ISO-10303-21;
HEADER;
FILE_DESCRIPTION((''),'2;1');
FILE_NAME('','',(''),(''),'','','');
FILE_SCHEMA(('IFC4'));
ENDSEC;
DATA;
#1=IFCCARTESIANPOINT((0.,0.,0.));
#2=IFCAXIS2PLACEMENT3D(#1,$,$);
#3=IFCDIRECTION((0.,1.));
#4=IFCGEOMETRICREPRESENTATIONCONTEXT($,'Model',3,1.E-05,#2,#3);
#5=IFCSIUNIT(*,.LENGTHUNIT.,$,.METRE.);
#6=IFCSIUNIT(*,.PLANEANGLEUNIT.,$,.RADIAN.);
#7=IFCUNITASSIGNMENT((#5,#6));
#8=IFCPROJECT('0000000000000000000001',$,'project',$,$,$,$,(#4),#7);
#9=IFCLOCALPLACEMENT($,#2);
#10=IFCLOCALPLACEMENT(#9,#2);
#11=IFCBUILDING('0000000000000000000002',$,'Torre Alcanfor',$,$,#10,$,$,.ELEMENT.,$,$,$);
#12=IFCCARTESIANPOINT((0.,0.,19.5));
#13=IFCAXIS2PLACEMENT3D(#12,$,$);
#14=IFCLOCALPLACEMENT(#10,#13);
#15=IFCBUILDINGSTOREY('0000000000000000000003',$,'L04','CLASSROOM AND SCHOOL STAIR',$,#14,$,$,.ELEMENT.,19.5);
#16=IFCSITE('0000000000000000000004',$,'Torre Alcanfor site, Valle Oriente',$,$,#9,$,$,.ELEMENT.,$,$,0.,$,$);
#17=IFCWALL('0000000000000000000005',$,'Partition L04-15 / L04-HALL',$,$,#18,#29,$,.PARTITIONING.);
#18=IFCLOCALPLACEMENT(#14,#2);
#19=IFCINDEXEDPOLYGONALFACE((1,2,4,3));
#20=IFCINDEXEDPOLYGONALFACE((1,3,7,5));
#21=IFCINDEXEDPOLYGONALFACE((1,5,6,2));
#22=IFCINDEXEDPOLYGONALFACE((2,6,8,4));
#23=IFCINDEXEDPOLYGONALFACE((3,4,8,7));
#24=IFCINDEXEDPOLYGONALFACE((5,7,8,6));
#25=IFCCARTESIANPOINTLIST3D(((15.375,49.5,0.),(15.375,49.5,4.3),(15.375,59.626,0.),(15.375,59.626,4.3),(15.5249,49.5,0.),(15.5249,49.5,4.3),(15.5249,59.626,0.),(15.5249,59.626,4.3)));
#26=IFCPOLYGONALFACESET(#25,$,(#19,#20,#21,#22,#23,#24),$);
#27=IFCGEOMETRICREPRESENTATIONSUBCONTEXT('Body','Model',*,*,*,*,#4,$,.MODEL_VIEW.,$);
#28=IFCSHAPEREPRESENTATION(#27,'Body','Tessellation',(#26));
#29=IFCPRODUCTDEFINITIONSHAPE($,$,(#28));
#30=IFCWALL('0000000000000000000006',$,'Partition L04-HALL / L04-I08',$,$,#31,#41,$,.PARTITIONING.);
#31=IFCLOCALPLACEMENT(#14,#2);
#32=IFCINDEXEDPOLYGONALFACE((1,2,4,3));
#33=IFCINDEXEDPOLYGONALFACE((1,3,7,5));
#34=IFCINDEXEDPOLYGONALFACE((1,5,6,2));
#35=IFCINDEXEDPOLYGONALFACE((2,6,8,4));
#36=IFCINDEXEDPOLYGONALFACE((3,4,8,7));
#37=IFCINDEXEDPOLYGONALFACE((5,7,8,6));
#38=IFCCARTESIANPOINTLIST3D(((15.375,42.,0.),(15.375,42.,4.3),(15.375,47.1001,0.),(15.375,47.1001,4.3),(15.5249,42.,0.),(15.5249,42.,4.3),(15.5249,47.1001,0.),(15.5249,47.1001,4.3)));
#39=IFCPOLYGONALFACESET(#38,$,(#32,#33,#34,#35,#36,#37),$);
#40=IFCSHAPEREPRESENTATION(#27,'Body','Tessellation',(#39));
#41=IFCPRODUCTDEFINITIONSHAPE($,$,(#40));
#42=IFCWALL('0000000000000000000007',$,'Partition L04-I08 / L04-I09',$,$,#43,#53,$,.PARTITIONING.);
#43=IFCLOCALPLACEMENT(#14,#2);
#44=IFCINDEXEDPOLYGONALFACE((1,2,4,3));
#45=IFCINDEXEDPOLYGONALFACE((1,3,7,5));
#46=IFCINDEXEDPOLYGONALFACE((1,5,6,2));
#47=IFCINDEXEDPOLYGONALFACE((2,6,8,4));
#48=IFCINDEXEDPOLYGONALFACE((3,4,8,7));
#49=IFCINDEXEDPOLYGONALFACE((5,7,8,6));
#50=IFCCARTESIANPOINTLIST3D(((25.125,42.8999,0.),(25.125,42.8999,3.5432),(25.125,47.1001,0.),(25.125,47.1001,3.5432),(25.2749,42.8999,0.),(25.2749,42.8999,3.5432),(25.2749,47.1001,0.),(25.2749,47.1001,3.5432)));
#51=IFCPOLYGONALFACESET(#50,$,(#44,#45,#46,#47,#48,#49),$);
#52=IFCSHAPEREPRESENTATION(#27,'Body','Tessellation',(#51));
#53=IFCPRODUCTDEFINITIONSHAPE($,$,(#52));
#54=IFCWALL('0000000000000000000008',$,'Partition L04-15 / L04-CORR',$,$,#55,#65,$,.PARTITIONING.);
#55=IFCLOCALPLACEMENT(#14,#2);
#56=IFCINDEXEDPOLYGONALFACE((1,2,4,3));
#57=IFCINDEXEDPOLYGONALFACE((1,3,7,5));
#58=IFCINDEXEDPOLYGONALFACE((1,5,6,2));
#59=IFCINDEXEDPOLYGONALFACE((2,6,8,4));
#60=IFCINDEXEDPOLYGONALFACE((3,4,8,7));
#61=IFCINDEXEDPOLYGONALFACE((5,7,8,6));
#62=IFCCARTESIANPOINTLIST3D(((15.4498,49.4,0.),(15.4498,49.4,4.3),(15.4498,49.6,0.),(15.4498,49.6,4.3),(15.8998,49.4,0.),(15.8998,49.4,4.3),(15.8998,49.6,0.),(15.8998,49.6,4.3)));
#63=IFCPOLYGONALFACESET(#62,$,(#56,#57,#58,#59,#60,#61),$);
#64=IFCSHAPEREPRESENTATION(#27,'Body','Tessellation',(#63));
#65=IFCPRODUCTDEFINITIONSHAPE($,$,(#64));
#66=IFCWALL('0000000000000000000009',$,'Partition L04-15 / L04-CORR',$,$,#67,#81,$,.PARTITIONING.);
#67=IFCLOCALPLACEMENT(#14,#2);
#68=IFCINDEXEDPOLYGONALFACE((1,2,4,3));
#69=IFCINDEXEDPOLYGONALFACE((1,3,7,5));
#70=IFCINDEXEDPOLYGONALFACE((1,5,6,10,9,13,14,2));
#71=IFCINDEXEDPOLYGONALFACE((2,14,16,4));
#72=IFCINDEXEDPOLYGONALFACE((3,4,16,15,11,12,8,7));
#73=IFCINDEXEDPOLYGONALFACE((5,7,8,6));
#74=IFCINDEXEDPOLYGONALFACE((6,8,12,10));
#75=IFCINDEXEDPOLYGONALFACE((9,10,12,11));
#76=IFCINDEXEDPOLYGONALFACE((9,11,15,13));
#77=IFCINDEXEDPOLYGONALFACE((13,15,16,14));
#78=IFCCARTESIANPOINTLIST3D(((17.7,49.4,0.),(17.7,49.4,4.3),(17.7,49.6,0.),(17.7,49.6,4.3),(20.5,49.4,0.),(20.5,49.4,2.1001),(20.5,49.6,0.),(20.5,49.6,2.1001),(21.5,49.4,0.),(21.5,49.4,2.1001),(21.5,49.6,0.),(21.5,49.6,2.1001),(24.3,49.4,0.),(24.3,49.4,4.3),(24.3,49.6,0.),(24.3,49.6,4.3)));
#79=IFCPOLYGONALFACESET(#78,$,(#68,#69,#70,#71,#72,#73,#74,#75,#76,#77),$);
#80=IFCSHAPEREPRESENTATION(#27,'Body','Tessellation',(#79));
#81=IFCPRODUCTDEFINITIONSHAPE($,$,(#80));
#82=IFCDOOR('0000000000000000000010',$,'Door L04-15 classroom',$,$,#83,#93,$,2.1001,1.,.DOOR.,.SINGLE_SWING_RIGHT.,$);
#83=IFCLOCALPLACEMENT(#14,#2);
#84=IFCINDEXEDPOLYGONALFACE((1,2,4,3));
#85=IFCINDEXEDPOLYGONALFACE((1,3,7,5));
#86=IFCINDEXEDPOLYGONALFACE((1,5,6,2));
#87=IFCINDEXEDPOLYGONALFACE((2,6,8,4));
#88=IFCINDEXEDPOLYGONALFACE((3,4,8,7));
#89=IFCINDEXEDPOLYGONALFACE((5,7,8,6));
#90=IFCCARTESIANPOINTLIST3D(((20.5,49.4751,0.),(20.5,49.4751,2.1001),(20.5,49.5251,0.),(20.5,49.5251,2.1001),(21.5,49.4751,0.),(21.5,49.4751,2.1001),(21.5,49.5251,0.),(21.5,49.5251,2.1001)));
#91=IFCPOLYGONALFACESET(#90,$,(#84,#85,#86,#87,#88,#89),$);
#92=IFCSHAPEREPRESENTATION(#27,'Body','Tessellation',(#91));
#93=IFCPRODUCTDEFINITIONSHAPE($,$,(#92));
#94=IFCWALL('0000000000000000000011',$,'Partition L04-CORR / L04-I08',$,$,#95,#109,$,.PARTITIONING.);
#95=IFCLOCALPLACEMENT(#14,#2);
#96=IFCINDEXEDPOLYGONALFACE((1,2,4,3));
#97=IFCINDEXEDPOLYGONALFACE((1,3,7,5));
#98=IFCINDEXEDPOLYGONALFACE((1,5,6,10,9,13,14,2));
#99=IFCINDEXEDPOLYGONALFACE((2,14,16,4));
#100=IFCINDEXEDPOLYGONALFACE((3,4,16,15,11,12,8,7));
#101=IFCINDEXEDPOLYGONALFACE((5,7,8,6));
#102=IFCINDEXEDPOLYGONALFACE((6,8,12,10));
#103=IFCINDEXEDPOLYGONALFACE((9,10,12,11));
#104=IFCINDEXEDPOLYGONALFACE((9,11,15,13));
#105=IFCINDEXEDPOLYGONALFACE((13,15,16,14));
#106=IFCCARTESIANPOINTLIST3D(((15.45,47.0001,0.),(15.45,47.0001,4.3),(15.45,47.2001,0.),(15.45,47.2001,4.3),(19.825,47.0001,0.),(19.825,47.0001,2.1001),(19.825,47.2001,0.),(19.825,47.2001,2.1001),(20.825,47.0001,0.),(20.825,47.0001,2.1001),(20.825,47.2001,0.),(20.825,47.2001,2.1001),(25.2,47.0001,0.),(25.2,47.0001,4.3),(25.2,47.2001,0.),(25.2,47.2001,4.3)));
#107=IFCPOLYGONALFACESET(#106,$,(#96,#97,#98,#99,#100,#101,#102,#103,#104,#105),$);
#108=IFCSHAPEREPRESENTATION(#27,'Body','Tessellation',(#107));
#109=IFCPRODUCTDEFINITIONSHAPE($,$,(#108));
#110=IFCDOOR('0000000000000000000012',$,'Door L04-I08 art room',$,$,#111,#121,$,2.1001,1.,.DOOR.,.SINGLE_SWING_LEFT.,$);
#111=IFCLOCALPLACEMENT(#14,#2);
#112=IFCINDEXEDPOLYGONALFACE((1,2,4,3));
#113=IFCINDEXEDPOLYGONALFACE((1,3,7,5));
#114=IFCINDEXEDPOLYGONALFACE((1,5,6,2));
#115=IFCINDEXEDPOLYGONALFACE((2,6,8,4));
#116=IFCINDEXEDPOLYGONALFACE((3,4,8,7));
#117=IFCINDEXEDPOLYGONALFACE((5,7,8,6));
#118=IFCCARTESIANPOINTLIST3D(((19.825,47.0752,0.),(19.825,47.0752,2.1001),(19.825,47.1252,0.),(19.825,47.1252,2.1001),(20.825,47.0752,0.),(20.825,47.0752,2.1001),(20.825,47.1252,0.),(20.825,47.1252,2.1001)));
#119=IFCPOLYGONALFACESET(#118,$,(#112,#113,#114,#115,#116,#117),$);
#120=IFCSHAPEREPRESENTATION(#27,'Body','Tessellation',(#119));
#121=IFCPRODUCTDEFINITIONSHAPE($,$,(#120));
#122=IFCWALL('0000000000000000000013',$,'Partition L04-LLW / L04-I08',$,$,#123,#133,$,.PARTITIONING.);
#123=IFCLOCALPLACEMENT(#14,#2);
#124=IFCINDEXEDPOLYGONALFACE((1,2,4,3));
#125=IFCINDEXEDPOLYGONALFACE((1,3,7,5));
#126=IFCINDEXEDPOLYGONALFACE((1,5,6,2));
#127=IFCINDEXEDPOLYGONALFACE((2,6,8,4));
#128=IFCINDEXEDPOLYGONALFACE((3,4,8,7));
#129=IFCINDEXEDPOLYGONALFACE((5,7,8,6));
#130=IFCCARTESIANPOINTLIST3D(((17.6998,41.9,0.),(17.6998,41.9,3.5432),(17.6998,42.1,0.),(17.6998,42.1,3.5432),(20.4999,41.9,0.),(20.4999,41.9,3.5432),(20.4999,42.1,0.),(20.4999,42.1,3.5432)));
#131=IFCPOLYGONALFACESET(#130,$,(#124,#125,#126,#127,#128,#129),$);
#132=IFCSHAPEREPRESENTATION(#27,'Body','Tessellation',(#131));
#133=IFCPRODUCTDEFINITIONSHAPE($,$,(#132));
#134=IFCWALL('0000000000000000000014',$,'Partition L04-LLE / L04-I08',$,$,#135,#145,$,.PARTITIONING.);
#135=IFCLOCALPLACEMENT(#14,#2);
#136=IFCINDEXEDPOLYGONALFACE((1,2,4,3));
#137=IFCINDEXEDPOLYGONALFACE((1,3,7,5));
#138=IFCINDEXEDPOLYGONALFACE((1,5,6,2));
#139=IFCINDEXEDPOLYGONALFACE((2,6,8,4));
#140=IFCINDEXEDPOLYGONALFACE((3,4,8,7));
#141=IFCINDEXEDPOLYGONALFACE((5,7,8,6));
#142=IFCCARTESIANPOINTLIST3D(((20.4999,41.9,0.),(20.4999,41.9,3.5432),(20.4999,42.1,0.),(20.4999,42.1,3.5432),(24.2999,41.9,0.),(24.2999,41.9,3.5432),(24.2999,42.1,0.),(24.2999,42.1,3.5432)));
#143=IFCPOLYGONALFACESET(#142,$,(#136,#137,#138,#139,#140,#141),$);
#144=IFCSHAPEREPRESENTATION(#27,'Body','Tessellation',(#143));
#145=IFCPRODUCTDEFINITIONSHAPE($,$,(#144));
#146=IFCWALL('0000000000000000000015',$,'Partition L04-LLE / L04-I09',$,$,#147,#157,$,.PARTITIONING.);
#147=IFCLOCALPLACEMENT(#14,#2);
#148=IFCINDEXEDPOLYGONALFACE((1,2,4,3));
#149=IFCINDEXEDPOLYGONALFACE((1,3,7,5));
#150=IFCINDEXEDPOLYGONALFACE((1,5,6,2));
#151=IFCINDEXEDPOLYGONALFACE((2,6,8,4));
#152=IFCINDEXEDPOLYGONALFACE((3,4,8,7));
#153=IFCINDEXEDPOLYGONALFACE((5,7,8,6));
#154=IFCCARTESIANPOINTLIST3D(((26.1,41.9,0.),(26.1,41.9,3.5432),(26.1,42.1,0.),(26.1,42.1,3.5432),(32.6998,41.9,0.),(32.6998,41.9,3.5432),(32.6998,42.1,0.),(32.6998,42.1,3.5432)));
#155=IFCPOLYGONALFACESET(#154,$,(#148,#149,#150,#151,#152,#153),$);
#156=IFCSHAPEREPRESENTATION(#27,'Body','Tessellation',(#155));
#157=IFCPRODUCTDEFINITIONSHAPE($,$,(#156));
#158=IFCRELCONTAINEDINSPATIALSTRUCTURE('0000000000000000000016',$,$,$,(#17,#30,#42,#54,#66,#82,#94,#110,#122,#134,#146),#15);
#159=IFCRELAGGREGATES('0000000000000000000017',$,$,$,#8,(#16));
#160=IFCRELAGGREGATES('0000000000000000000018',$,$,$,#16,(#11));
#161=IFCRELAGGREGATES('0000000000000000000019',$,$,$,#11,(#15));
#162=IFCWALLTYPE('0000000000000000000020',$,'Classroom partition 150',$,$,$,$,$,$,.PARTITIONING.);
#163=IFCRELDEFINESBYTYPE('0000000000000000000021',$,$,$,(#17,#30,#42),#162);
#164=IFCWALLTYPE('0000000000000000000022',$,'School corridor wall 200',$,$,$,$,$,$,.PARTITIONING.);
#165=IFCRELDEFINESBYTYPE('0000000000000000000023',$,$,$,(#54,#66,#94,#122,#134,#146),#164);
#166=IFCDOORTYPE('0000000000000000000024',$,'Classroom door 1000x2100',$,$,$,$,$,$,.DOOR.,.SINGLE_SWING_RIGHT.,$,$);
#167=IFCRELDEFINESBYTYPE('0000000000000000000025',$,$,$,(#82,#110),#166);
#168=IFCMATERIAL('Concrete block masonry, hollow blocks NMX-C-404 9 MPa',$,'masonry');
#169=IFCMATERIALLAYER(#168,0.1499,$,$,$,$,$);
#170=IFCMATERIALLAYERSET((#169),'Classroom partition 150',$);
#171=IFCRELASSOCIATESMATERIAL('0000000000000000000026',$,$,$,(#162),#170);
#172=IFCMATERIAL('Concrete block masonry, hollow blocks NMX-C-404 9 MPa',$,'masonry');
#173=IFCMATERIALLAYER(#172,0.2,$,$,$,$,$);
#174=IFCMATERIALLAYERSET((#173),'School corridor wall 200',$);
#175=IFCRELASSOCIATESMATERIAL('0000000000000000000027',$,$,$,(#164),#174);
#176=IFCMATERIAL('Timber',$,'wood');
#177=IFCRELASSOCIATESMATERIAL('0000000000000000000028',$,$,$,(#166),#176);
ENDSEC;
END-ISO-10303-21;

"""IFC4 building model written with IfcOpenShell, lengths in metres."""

from ifc_helpers import new_model, si_unit, direction, frame, frame_2d, origin, place, context, subcontext, project, spatial, rectangle, extrude, material, layer, layer_set, type_object, element, fill, save


model = new_model("IFC4")

# Units and contexts
model_context = context("Model", 3, precision=1e-05, world=origin(), true_north=direction((0.0, 1.0)))
body_context = subcontext(model_context, "Body", "Model", "MODEL_VIEW")
ifc_project = project(units=[si_unit("LENGTHUNIT", "METRE"), si_unit("PLANEANGLEUNIT", "RADIAN")], contexts=[model_context])

# Site, building, storey
site_placement = place(None, origin())
site = spatial("IfcSite", under=ifc_project, at=site_placement, Name="Torre Alcanfor site, Valle Oriente", CompositionType="ELEMENT", RefElevation=0.0)
building_placement = place(site_placement, origin())
building = spatial("IfcBuilding", under=site, at=building_placement, Name="Torre Alcanfor", CompositionType="ELEMENT")
storey_placement = place(building_placement, frame((0.0, 0.0, 19.5)))
storey = spatial("IfcBuildingStorey", under=building, at=storey_placement, Name="L04", Description="CLASSROOM AND SCHOOL STAIR", CompositionType="ELEMENT", Elevation=19.5)

# Walls
ifc_material_1 = material(Name="Concrete block masonry, hollow blocks NMX-C-404 9 MPa", Category="masonry")
ifc_layer_1 = layer(ifc_material_1, 0.1499)
ifc_layer_set_1 = layer_set([ifc_layer_1], Name="Classroom partition 150")
wall_type_1 = type_object("IfcWallType", Name="Classroom partition 150", PredefinedType="PARTITIONING", material=ifc_layer_set_1)
wall_1_placement = place(storey_placement, frame((15.45, 49.5, 0.0), z_axis=(0.0, 0.0, 1.0), x_axis=(0.0, 1.0, 0.0)))
element("IfcWall", 1, at=wall_1_placement, inside=storey, type_object=wall_type_1, Name="Partition L04-15 / L04-HALL", PredefinedType="PARTITIONING", context=body_context, shape_type="SweptSolid", body=[
    extrude(rectangle(XDim=10.126, YDim=0.1499, at=frame_2d((5.063, 0.0))), origin(), (0.0, 0.0, 1.0), 4.3),
])
wall_2_placement = place(storey_placement, frame((15.45, 47.1001, 0.0), z_axis=(0.0, 0.0, 1.0), x_axis=(0.0, -1.0, 0.0)))
element("IfcWall", 2, at=wall_2_placement, inside=storey, type_object=wall_type_1, Name="Partition L04-HALL / L04-I08", PredefinedType="PARTITIONING", context=body_context, shape_type="SweptSolid", body=[
    extrude(rectangle(XDim=5.1001, YDim=0.1499, at=frame_2d((2.55, 0.0))), origin(), (0.0, 0.0, 1.0), 4.3),
])
wall_3_placement = place(storey_placement, frame((25.2, 47.1001, 0.0), z_axis=(0.0, 0.0, 1.0), x_axis=(0.0, -1.0, 0.0)))
element("IfcWall", 3, at=wall_3_placement, inside=storey, type_object=wall_type_1, Name="Partition L04-I08 / L04-I09", PredefinedType="PARTITIONING", context=body_context, shape_type="SweptSolid", body=[
    extrude(rectangle(XDim=4.2002, YDim=0.1499, at=frame_2d((2.1001, 0.0))), origin(), (0.0, 0.0, 1.0), 3.5432),
])
ifc_material_2 = material(Name="Concrete block masonry, hollow blocks NMX-C-404 9 MPa", Category="masonry")
ifc_layer_2 = layer(ifc_material_2, 0.2)
ifc_layer_set_2 = layer_set([ifc_layer_2], Name="School corridor wall 200")
wall_type_2 = type_object("IfcWallType", Name="School corridor wall 200", PredefinedType="PARTITIONING", material=ifc_layer_set_2)
wall_4_placement = place(storey_placement, frame((15.8999, 49.5, 0.0), z_axis=(0.0, 0.0, 1.0), x_axis=(-1.0, 0.0, 0.0)))
element("IfcWall", 4, at=wall_4_placement, inside=storey, type_object=wall_type_2, Name="Partition L04-15 / L04-CORR", PredefinedType="PARTITIONING", context=body_context, shape_type="SweptSolid", body=[
    extrude(rectangle(XDim=0.45, YDim=0.2, at=frame_2d((0.2251, 0.0))), origin(), (0.0, 0.0, 1.0), 4.3),
])

# Walls, openings, doors
wall_5_placement = place(storey_placement, frame((24.3, 49.5, 0.0), z_axis=(0.0, 0.0, 1.0), x_axis=(-1.0, 0.0, 0.0)))
wall_5 = element("IfcWall", 5, at=wall_5_placement, inside=storey, type_object=wall_type_2, Name="Partition L04-15 / L04-CORR", PredefinedType="PARTITIONING", context=body_context, shape_type="SweptSolid", body=[
    extrude(rectangle(XDim=6.6001, YDim=0.2, at=frame_2d((3.3, 0.0))), origin(), (0.0, 0.0, 1.0), 4.3),
])
opening_1_placement = place(wall_5_placement, frame((2.8, 0.0, 0.0)))
opening_1 = element("IfcOpeningElement", 6, at=opening_1_placement, cuts=wall_5, PredefinedType="OPENING", context=body_context, shape_type="SweptSolid", body=[
    extrude(rectangle(XDim=1.0, YDim=2.1001, at=frame_2d((0.5, 1.05))), frame((0.0, 0.1099, 0.0), z_axis=(0.0, -1.0, 0.0), x_axis=(1.0, 0.0, 0.0)), (0.0, 0.0, 1.0), 0.22),
])
ifc_material_3 = material(Name="Timber", Category="wood")
door_type_1 = type_object("IfcDoorType", Name="Classroom door 1000x2100", OperationType="SINGLE_SWING_RIGHT", PredefinedType="DOOR", material=ifc_material_3)
door_1_placement = place(opening_1_placement, frame((1.0, 0.0, 0.0), z_axis=(0.0, 0.0, 1.0), x_axis=(-1.0, 0.0, 0.0)))
door_1 = element("IfcDoor", 7, at=door_1_placement, inside=storey, type_object=door_type_1, Name="Door L04-15 classroom", OperationType="SINGLE_SWING_RIGHT", OverallHeight=2.1001, OverallWidth=1.0, PredefinedType="DOOR", context=body_context, shape_type="SweptSolid", body=[
    extrude(rectangle(XDim=1.0, YDim=2.1001, at=frame_2d((0.5, 1.05))), frame((0.0, 0.0251, 0.0), z_axis=(0.0, -1.0, 0.0), x_axis=(1.0, 0.0, 0.0)), (0.0, 0.0, 1.0), 0.05),
])
fill(opening_1, door_1)
wall_6_placement = place(storey_placement, frame((25.2, 47.1001, 0.0), z_axis=(0.0, 0.0, 1.0), x_axis=(-1.0, 0.0, 0.0)))
wall_6 = element("IfcWall", 8, at=wall_6_placement, inside=storey, type_object=wall_type_2, Name="Partition L04-CORR / L04-I08", PredefinedType="PARTITIONING", context=body_context, shape_type="SweptSolid", body=[
    extrude(rectangle(XDim=9.75, YDim=0.2, at=frame_2d((4.875, 0.0))), origin(), (0.0, 0.0, 1.0), 4.3),
])
opening_2_placement = place(wall_6_placement, frame((4.375, 0.0, 0.0)))
opening_2 = element("IfcOpeningElement", 9, at=opening_2_placement, cuts=wall_6, PredefinedType="OPENING", context=body_context, shape_type="SweptSolid", body=[
    extrude(rectangle(XDim=1.0, YDim=2.1001, at=frame_2d((0.5, 1.05))), frame((0.0, 0.1099, 0.0), z_axis=(0.0, -1.0, 0.0), x_axis=(1.0, 0.0, 0.0)), (0.0, 0.0, 1.0), 0.22),
])
door_2_placement = place(opening_2_placement, origin())
door_2 = element("IfcDoor", 10, at=door_2_placement, inside=storey, type_object=door_type_1, Name="Door L04-I08 art room", OperationType="SINGLE_SWING_LEFT", OverallHeight=2.1001, OverallWidth=1.0, PredefinedType="DOOR", context=body_context, shape_type="SweptSolid", body=[
    extrude(rectangle(XDim=1.0, YDim=2.1001, at=frame_2d((0.5, 1.05))), frame((0.0, 0.0249, 0.0), z_axis=(0.0, -1.0, 0.0), x_axis=(1.0, 0.0, 0.0)), (0.0, 0.0, 1.0), 0.05),
])
fill(opening_2, door_2)

# Walls
wall_7_placement = place(storey_placement, frame((17.7, 42.0, 0.0), z_axis=(0.0, 0.0, 1.0), x_axis=(1.0, 0.0, 0.0)))
element("IfcWall", 11, at=wall_7_placement, inside=storey, type_object=wall_type_2, Name="Partition L04-LLW / L04-I08", PredefinedType="PARTITIONING", context=body_context, shape_type="SweptSolid", body=[
    extrude(rectangle(XDim=2.8, YDim=0.2, at=frame_2d((1.3999, 0.0))), origin(), (0.0, 0.0, 1.0), 3.5432),
])
wall_8_placement = place(storey_placement, frame((20.5, 42.0, 0.0), z_axis=(0.0, 0.0, 1.0), x_axis=(1.0, 0.0, 0.0)))
element("IfcWall", 12, at=wall_8_placement, inside=storey, type_object=wall_type_2, Name="Partition L04-LLE / L04-I08", PredefinedType="PARTITIONING", context=body_context, shape_type="SweptSolid", body=[
    extrude(rectangle(XDim=3.8, YDim=0.2, at=frame_2d((1.8999, 0.0))), origin(), (0.0, 0.0, 1.0), 3.5432),
])
wall_9_placement = place(storey_placement, frame((26.1001, 42.0, 0.0), z_axis=(0.0, 0.0, 1.0), x_axis=(1.0, 0.0, 0.0)))
element("IfcWall", 13, at=wall_9_placement, inside=storey, type_object=wall_type_2, Name="Partition L04-LLE / L04-I09", PredefinedType="PARTITIONING", context=body_context, shape_type="SweptSolid", body=[
    extrude(rectangle(XDim=6.5999, YDim=0.2, at=frame_2d((3.2998, 0.0))), origin(), (0.0, 0.0, 1.0), 3.5432),
])

save(model, "model.ifc")
